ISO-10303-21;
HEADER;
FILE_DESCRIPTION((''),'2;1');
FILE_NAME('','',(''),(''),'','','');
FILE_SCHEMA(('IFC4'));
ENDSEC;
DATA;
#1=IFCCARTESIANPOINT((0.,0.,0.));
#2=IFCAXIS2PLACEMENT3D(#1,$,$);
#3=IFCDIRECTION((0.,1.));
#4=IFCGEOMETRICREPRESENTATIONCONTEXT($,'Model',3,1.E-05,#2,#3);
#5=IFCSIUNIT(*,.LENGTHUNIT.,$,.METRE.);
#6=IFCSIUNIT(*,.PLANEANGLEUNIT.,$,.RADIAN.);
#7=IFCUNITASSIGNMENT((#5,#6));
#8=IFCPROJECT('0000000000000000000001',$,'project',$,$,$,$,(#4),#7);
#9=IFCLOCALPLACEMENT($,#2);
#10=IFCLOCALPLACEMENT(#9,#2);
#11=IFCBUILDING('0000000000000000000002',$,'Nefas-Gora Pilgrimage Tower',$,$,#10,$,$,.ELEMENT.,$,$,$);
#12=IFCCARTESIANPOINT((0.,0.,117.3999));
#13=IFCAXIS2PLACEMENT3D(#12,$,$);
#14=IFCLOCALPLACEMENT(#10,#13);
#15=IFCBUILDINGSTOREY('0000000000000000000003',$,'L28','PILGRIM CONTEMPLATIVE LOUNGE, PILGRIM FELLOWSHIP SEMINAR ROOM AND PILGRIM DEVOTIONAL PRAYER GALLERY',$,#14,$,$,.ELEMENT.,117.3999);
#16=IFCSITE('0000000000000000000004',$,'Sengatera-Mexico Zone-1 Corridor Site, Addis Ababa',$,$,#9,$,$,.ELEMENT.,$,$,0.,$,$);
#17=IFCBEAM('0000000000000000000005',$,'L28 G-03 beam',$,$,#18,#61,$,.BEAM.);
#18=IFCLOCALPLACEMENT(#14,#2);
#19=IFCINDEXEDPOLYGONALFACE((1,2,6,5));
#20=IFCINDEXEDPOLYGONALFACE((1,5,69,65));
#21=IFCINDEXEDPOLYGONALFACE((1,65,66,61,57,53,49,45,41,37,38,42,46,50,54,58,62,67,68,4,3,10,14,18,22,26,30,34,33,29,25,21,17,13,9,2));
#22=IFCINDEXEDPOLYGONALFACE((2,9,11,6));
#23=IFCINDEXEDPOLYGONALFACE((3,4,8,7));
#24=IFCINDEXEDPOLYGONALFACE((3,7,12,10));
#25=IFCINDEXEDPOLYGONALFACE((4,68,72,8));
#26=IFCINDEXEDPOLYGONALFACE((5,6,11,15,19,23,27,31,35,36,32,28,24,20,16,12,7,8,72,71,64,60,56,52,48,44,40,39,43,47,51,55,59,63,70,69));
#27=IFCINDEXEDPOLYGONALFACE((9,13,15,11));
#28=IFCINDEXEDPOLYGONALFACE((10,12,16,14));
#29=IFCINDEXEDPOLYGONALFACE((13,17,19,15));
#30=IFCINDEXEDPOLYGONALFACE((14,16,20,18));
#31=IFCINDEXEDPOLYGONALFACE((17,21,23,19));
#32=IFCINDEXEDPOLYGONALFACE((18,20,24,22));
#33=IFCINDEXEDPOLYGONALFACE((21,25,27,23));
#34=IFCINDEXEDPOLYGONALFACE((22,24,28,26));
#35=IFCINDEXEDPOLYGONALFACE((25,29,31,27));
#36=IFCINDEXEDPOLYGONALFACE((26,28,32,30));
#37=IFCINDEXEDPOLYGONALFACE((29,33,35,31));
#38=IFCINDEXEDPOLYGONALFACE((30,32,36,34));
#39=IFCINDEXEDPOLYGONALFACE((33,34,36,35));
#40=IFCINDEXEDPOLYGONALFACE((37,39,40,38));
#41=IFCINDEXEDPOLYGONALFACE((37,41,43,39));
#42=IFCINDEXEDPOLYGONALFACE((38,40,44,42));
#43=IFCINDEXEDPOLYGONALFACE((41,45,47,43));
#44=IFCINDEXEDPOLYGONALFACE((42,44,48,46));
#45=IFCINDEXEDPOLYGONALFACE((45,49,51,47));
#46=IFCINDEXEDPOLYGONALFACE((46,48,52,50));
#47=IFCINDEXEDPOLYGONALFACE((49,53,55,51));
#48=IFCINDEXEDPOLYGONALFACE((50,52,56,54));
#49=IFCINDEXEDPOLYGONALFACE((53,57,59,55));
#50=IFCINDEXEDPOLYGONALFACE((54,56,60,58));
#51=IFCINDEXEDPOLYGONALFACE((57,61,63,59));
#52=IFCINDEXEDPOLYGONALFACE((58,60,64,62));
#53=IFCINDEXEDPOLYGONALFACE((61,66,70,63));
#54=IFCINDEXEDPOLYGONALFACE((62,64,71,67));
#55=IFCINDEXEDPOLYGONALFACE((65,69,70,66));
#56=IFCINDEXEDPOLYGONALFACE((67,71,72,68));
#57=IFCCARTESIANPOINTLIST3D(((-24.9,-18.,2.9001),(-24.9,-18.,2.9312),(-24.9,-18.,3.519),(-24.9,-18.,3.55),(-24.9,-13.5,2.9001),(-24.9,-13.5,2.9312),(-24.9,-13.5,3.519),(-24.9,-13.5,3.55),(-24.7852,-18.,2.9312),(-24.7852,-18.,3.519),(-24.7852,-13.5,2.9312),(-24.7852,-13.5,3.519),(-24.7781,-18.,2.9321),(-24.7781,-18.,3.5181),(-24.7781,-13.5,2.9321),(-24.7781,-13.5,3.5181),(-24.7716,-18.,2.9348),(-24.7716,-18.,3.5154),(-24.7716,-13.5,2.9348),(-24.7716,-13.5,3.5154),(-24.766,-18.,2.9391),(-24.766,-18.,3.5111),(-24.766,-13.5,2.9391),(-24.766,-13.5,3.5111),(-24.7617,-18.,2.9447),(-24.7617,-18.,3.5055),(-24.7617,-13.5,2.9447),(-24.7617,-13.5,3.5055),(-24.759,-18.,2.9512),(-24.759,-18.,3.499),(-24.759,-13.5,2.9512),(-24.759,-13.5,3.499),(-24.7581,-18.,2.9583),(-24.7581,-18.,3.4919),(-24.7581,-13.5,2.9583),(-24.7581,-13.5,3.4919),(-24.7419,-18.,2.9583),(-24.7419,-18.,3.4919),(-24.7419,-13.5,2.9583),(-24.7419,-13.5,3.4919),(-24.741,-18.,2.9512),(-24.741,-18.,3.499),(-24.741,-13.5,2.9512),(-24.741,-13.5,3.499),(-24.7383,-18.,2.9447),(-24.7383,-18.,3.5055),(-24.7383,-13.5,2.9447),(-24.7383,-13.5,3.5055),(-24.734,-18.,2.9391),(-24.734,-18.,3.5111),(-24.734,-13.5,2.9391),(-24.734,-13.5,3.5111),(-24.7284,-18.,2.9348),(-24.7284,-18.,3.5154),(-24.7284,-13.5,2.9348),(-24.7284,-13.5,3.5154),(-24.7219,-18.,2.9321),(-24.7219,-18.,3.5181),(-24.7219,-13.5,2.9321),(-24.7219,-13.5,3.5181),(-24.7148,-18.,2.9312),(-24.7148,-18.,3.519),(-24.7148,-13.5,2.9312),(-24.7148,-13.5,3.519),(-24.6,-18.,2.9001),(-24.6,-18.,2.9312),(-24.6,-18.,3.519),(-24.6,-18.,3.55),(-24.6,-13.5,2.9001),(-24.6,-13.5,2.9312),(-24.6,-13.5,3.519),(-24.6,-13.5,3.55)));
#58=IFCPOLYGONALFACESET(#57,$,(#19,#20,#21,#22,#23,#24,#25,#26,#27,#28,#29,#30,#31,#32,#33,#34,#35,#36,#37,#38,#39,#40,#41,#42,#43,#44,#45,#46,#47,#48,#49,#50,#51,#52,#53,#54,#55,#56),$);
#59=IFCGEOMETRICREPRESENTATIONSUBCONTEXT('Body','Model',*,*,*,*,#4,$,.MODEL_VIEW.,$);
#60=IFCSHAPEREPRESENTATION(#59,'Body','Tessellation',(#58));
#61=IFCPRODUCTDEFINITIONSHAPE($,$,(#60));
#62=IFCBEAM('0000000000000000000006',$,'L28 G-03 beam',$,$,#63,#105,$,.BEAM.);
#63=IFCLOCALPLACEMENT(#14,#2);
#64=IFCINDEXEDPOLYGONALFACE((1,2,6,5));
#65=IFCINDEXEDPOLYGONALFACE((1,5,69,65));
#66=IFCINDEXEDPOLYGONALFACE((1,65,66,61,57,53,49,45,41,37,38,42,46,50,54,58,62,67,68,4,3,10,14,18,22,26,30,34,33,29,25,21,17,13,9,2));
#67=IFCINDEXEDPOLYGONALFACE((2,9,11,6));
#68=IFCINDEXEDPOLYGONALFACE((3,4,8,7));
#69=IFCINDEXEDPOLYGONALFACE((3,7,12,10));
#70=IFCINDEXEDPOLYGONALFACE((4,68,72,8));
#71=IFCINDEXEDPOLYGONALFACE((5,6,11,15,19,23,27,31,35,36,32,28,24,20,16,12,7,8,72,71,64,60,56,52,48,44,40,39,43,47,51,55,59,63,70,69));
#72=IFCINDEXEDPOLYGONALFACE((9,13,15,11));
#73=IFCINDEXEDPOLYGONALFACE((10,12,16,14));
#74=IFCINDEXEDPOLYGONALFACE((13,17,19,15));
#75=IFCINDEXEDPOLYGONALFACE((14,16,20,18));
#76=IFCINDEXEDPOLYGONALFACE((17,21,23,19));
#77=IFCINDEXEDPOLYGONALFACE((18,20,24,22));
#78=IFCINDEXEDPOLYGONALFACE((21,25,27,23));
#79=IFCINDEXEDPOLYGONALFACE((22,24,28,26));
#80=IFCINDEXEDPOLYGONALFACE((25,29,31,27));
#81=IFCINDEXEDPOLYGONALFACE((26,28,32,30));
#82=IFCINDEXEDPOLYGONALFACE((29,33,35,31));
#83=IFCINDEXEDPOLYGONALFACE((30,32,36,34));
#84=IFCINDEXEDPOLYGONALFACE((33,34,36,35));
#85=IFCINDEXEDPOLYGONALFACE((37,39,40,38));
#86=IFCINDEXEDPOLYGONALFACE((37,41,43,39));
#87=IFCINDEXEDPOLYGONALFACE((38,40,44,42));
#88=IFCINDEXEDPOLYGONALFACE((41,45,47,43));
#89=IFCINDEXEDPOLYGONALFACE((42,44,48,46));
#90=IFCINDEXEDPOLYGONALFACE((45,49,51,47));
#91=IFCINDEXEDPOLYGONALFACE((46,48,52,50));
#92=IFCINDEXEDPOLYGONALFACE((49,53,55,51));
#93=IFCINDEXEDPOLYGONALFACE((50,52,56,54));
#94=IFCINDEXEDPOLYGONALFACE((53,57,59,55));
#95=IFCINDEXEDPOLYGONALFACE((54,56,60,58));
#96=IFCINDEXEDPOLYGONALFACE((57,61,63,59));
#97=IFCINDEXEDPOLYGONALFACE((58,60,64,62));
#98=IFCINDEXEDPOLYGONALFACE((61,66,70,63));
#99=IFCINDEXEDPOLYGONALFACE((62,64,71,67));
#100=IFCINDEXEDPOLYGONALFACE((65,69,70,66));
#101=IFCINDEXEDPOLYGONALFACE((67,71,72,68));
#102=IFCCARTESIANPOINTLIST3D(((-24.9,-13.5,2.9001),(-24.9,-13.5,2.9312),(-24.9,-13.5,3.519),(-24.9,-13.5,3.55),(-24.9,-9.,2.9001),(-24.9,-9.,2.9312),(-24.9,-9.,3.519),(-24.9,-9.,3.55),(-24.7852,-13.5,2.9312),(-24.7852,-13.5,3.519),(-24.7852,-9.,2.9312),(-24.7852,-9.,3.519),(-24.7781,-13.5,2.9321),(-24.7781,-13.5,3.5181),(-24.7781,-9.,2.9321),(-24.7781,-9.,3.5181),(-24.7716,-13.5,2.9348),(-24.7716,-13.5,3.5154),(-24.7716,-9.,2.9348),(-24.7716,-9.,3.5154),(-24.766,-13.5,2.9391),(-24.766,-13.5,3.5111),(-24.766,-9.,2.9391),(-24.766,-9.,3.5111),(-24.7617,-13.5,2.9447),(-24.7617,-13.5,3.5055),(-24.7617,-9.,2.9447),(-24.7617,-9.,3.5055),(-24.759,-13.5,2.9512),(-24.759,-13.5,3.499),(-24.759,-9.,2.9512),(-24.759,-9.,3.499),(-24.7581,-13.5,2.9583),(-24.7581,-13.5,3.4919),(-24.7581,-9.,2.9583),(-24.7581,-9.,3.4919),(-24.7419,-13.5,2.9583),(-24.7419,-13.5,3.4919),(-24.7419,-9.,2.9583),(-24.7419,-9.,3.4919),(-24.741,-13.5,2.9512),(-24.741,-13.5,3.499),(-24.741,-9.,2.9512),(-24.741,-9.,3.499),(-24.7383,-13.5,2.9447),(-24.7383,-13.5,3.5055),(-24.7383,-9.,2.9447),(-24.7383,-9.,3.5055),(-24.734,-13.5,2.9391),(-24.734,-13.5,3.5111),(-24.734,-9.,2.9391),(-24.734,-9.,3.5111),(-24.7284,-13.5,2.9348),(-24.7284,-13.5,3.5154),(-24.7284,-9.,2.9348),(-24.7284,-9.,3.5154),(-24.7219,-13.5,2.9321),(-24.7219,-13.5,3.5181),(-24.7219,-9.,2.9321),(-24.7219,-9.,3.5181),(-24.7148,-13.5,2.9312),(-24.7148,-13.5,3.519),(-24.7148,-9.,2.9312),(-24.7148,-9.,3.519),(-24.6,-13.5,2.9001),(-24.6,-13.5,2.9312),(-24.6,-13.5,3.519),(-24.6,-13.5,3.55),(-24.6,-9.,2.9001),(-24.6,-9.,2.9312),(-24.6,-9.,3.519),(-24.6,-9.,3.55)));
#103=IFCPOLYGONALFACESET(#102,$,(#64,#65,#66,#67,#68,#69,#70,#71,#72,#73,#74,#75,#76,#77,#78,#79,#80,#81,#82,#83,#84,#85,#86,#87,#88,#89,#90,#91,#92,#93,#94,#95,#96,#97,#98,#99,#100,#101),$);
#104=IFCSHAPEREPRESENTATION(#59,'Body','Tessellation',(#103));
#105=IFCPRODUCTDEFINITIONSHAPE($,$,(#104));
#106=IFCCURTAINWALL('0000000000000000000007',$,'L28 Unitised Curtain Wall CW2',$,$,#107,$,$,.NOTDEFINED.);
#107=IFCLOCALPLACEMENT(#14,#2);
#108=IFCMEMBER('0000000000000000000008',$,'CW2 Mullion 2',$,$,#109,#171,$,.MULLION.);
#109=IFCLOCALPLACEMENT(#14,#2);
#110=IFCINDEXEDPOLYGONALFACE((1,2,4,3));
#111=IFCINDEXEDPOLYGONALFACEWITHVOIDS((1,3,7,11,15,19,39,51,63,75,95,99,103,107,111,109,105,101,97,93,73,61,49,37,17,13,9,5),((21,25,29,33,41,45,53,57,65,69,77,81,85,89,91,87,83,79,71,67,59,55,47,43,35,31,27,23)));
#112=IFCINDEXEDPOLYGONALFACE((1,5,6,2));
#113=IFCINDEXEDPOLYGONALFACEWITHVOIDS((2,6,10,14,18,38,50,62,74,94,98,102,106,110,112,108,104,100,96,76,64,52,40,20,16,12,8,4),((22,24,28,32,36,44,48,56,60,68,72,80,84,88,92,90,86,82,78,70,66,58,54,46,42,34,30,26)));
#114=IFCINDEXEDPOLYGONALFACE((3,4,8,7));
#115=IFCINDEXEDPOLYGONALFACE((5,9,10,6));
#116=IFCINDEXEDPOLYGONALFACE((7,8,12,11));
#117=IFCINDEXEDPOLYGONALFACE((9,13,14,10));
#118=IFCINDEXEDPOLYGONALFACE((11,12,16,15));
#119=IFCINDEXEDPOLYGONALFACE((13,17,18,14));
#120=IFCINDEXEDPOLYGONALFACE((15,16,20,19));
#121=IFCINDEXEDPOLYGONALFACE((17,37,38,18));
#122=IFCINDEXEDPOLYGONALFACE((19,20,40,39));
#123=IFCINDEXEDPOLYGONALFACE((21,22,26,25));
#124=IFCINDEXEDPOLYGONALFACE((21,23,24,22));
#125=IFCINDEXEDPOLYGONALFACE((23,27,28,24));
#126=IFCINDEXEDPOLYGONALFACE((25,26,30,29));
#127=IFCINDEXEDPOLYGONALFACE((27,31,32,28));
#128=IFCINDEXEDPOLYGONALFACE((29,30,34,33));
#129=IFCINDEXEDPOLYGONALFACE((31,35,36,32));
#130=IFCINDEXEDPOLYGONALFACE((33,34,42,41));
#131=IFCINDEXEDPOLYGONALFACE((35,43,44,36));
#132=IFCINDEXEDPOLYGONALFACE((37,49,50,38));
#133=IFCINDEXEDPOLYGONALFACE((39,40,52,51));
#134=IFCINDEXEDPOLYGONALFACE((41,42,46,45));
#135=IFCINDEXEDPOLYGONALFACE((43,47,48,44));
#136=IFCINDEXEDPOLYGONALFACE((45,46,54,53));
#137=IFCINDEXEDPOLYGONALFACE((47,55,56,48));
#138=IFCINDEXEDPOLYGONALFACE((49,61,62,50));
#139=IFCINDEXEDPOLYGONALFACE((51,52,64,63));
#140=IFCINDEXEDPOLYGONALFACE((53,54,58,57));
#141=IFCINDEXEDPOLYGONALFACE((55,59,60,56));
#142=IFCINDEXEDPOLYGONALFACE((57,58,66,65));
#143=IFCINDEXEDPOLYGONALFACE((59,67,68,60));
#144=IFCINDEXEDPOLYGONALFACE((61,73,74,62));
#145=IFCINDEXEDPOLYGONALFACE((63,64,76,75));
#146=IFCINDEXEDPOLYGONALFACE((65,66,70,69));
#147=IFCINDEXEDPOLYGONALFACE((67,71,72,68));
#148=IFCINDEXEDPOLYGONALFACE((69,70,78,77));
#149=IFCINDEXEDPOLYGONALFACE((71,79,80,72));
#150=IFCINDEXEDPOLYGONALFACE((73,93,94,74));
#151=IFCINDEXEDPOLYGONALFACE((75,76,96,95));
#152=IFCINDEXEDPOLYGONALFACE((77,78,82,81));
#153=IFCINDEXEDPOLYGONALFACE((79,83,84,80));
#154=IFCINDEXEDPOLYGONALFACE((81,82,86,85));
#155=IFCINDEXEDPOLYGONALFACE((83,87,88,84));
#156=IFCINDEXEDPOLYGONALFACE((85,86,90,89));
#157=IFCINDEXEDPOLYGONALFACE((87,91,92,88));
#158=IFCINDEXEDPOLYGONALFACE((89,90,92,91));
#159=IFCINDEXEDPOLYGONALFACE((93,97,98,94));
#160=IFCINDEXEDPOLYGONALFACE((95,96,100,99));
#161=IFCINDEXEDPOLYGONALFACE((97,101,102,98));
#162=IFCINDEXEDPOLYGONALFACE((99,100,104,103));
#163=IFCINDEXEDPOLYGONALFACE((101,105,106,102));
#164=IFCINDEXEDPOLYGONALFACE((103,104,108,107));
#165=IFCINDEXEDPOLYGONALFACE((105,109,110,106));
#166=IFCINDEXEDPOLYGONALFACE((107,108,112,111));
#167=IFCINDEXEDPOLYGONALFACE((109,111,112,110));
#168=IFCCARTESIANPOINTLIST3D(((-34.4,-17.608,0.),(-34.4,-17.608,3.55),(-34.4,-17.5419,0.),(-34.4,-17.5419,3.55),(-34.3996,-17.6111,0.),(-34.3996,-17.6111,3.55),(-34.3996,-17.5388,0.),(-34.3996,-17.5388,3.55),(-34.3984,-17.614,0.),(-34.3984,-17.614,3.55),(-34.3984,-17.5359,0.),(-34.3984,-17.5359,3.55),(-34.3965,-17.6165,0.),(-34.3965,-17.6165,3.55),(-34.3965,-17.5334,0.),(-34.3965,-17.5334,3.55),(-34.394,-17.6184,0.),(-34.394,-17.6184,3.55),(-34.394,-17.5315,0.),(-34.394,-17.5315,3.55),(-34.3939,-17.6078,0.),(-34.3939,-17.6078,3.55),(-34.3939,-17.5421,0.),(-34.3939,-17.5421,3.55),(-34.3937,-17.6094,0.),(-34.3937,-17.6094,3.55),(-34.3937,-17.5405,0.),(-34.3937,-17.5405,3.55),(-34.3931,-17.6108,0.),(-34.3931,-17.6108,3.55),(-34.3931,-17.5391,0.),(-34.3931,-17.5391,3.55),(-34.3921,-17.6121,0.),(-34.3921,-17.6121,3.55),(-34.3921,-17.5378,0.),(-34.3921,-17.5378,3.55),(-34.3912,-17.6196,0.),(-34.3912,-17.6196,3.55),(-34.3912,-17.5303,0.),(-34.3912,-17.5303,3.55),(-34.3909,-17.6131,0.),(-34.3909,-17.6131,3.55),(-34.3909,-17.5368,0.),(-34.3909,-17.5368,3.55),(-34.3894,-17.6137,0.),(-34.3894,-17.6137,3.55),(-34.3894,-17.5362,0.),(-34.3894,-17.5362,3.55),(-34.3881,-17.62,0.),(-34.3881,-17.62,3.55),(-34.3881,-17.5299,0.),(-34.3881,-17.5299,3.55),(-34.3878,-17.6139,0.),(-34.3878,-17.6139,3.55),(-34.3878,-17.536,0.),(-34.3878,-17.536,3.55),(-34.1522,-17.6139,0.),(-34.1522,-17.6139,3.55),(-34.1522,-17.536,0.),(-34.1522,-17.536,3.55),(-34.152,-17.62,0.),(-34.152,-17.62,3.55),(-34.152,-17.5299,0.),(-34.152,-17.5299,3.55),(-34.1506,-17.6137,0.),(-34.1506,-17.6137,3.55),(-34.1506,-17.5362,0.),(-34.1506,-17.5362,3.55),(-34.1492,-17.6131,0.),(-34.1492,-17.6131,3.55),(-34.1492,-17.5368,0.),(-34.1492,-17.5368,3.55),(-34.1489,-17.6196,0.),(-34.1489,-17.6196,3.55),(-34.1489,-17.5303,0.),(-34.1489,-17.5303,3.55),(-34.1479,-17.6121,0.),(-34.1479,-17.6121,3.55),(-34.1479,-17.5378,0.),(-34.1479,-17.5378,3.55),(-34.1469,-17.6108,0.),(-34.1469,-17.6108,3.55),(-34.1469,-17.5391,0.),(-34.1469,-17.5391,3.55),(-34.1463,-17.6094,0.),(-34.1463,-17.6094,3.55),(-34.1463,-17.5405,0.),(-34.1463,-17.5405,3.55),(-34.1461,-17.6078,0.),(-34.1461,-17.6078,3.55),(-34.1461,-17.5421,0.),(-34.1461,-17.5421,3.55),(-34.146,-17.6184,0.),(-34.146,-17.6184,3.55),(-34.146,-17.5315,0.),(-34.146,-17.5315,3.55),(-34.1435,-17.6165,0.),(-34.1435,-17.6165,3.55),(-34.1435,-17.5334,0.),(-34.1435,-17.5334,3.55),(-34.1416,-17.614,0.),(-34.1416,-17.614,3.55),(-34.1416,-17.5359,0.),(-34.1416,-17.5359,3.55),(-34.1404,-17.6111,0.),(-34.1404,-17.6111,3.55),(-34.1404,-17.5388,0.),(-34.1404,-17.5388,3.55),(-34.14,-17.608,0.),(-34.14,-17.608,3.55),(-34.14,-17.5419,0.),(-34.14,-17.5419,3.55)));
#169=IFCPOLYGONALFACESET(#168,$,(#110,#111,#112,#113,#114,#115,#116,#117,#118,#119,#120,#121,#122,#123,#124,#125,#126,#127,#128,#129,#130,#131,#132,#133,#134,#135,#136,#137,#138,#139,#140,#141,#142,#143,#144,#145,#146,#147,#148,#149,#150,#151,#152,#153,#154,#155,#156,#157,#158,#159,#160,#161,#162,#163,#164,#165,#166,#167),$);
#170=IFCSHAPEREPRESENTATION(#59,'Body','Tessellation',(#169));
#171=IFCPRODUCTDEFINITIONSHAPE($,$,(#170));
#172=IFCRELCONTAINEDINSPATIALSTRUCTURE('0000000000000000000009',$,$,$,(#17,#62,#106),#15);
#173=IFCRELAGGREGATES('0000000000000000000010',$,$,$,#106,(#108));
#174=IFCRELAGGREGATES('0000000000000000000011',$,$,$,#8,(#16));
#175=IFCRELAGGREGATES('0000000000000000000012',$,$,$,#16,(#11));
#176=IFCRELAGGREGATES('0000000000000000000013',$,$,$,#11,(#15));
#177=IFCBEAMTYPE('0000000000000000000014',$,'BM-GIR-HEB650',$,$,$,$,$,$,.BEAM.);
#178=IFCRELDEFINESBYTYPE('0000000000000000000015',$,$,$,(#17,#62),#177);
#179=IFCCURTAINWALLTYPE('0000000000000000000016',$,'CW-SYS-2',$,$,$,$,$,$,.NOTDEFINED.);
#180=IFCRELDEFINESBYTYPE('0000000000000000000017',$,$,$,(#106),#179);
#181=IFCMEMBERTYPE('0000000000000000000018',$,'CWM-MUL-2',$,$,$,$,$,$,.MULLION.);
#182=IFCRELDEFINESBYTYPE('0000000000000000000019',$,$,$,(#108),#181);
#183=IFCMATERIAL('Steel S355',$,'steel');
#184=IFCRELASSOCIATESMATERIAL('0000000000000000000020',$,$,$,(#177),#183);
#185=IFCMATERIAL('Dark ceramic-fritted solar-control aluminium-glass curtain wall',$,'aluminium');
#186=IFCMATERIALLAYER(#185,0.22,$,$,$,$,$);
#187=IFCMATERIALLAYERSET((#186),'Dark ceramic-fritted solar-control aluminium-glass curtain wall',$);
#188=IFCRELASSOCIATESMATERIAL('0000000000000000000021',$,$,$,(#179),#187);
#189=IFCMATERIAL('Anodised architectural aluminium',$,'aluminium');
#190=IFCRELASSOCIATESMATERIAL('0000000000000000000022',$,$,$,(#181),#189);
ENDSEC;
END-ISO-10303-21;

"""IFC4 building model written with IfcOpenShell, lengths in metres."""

from ifc_helpers import new_model, si_unit, direction, frame, origin, origin_2d, place, context, subcontext, project, spatial, hollow_rectangle, i_section, extrude, source, transform, mapped, material, layer, layer_set, material_profile, profile_set, type_object, element, aggregate, save


model = new_model("IFC4")

# Units and contexts
model_context = context("Model", 3, precision=1e-05, world=origin(), true_north=direction((0.0, 1.0)))
body_context = subcontext(model_context, "Body", "Model", "MODEL_VIEW")
ifc_project = project(units=[si_unit("LENGTHUNIT", "METRE"), si_unit("PLANEANGLEUNIT", "RADIAN")], contexts=[model_context])

# Site, building, storey
site_placement = place(None, origin())
site = spatial("IfcSite", under=ifc_project, at=site_placement, Name="Sengatera-Mexico Zone-1 Corridor Site, Addis Ababa", CompositionType="ELEMENT", RefElevation=0.0)
building_placement = place(site_placement, origin())
building = spatial("IfcBuilding", under=site, at=building_placement, Name="Nefas-Gora Pilgrimage Tower", CompositionType="ELEMENT")
storey_placement = place(building_placement, frame((0.0, 0.0, 117.3999)))
storey = spatial("IfcBuildingStorey", under=building, at=storey_placement, Name="L28", Description="PILGRIM CONTEMPLATIVE LOUNGE, PILGRIM FELLOWSHIP SEMINAR ROOM AND PILGRIM DEVOTIONAL PRAYER GALLERY", CompositionType="ELEMENT", Elevation=117.3999)

# Beams
ifc_material_1 = material(Name="Steel S355", Category="steel")
ifc_material_profile_1 = material_profile(ifc_material_1, i_section(OverallWidth=0.3, OverallDepth=0.6499, WebThickness=0.0161, FlangeThickness=0.031, FilletRadius=0.0271, at=origin_2d()), Name="HEB 650")
ifc_profile_set_1 = profile_set([ifc_material_profile_1], Name="Steel S355")
beam_type_1 = type_object("IfcBeamType", Name="BM-GIR-HEB650", PredefinedType="BEAM", material=ifc_profile_set_1)
shared_shape_1 = source(origin(), body_context, "Body", "SweptSolid", [
    extrude(i_section(OverallWidth=0.3, OverallDepth=0.6499, WebThickness=0.0161, FlangeThickness=0.031, FilletRadius=0.0271, at=origin_2d()), origin(), (0.0, 0.0, 1.0), 4.5),
])
for number, where, z_axis, x_axis, name in (
    (1, (-24.75, -18.0, 3.2251), (0.0, 1.0, 0.0), (-1.0, 0.0, 0.0), "L28 G-03 beam"),
    (2, (-24.75, -13.5, 3.2251), (0.0, 1.0, 0.0), (-1.0, 0.0, 0.0), "L28 G-03 beam"),
):
    element("IfcBeam", number, at=place(storey_placement, frame(where, z_axis=z_axis, x_axis=x_axis)), inside=storey, type_object=beam_type_1, Name=name, PredefinedType="BEAM", context=body_context, shape_type="MappedRepresentation", body=[
        mapped(shared_shape_1, transform((0.0, 0.0, 0.0), x_axis=(1.0, 0.0, 0.0), y_axis=(0.0, 1.0, 0.0), z_axis=(0.0, 0.0, 1.0), scale=1.0)),
    ])

# Curtain wall, member
ifc_material_2 = material(Name="Dark ceramic-fritted solar-control aluminium-glass curtain wall", Category="aluminium")
ifc_layer_1 = layer(ifc_material_2, 0.22)
ifc_layer_set_1 = layer_set([ifc_layer_1], Name="Dark ceramic-fritted solar-control aluminium-glass curtain wall")
curtain_wall_type = type_object("IfcCurtainWallType", Name="CW-SYS-2", PredefinedType="NOTDEFINED", material=ifc_layer_set_1)
curtain_wall_1_placement = place(storey_placement, origin())
curtain_wall_1 = element("IfcCurtainWall", 3, at=curtain_wall_1_placement, inside=storey, type_object=curtain_wall_type, Name="L28 Unitised Curtain Wall CW2", PredefinedType="NOTDEFINED")
ifc_material_3 = material(Name="Anodised architectural aluminium", Category="aluminium")
ifc_material_profile_2 = material_profile(ifc_material_3, hollow_rectangle(XDim=0.0901, YDim=0.26, WallThickness=0.0061, InnerFilletRadius=0.0061, OuterFilletRadius=0.012, at=origin_2d()), Name="ALU MULLION 90x260")
ifc_profile_set_2 = profile_set([ifc_material_profile_2], Name="Anodised architectural aluminium")
member_type_1 = type_object("IfcMemberType", Name="CWM-MUL-2", PredefinedType="MULLION", material=ifc_profile_set_2)
shared_shape_2 = source(origin(), body_context, "Body", "SweptSolid", [
    extrude(hollow_rectangle(XDim=0.0901, YDim=0.26, WallThickness=0.0061, InnerFilletRadius=0.0061, OuterFilletRadius=0.012, at=origin_2d()), origin(), (0.0, 0.0, 1.0), 3.55),
])
member_1_placement = place(storey_placement, frame((-34.27, -17.575, 0.0), z_axis=(0.0, 0.0, 1.0), x_axis=(0.0, -1.0, 0.0)))
member_1 = element("IfcMember", 4, at=member_1_placement, type_object=member_type_1, Name="CW2 Mullion 2", PredefinedType="MULLION", context=body_context, shape_type="MappedRepresentation", body=[
    mapped(shared_shape_2, transform((0.0, 0.0, 0.0), x_axis=(1.0, 0.0, 0.0), y_axis=(0.0, 1.0, 0.0), z_axis=(0.0, 0.0, 1.0), scale=1.0)),
])

aggregate(curtain_wall_1, [member_1])

save(model, "model.ifc")
